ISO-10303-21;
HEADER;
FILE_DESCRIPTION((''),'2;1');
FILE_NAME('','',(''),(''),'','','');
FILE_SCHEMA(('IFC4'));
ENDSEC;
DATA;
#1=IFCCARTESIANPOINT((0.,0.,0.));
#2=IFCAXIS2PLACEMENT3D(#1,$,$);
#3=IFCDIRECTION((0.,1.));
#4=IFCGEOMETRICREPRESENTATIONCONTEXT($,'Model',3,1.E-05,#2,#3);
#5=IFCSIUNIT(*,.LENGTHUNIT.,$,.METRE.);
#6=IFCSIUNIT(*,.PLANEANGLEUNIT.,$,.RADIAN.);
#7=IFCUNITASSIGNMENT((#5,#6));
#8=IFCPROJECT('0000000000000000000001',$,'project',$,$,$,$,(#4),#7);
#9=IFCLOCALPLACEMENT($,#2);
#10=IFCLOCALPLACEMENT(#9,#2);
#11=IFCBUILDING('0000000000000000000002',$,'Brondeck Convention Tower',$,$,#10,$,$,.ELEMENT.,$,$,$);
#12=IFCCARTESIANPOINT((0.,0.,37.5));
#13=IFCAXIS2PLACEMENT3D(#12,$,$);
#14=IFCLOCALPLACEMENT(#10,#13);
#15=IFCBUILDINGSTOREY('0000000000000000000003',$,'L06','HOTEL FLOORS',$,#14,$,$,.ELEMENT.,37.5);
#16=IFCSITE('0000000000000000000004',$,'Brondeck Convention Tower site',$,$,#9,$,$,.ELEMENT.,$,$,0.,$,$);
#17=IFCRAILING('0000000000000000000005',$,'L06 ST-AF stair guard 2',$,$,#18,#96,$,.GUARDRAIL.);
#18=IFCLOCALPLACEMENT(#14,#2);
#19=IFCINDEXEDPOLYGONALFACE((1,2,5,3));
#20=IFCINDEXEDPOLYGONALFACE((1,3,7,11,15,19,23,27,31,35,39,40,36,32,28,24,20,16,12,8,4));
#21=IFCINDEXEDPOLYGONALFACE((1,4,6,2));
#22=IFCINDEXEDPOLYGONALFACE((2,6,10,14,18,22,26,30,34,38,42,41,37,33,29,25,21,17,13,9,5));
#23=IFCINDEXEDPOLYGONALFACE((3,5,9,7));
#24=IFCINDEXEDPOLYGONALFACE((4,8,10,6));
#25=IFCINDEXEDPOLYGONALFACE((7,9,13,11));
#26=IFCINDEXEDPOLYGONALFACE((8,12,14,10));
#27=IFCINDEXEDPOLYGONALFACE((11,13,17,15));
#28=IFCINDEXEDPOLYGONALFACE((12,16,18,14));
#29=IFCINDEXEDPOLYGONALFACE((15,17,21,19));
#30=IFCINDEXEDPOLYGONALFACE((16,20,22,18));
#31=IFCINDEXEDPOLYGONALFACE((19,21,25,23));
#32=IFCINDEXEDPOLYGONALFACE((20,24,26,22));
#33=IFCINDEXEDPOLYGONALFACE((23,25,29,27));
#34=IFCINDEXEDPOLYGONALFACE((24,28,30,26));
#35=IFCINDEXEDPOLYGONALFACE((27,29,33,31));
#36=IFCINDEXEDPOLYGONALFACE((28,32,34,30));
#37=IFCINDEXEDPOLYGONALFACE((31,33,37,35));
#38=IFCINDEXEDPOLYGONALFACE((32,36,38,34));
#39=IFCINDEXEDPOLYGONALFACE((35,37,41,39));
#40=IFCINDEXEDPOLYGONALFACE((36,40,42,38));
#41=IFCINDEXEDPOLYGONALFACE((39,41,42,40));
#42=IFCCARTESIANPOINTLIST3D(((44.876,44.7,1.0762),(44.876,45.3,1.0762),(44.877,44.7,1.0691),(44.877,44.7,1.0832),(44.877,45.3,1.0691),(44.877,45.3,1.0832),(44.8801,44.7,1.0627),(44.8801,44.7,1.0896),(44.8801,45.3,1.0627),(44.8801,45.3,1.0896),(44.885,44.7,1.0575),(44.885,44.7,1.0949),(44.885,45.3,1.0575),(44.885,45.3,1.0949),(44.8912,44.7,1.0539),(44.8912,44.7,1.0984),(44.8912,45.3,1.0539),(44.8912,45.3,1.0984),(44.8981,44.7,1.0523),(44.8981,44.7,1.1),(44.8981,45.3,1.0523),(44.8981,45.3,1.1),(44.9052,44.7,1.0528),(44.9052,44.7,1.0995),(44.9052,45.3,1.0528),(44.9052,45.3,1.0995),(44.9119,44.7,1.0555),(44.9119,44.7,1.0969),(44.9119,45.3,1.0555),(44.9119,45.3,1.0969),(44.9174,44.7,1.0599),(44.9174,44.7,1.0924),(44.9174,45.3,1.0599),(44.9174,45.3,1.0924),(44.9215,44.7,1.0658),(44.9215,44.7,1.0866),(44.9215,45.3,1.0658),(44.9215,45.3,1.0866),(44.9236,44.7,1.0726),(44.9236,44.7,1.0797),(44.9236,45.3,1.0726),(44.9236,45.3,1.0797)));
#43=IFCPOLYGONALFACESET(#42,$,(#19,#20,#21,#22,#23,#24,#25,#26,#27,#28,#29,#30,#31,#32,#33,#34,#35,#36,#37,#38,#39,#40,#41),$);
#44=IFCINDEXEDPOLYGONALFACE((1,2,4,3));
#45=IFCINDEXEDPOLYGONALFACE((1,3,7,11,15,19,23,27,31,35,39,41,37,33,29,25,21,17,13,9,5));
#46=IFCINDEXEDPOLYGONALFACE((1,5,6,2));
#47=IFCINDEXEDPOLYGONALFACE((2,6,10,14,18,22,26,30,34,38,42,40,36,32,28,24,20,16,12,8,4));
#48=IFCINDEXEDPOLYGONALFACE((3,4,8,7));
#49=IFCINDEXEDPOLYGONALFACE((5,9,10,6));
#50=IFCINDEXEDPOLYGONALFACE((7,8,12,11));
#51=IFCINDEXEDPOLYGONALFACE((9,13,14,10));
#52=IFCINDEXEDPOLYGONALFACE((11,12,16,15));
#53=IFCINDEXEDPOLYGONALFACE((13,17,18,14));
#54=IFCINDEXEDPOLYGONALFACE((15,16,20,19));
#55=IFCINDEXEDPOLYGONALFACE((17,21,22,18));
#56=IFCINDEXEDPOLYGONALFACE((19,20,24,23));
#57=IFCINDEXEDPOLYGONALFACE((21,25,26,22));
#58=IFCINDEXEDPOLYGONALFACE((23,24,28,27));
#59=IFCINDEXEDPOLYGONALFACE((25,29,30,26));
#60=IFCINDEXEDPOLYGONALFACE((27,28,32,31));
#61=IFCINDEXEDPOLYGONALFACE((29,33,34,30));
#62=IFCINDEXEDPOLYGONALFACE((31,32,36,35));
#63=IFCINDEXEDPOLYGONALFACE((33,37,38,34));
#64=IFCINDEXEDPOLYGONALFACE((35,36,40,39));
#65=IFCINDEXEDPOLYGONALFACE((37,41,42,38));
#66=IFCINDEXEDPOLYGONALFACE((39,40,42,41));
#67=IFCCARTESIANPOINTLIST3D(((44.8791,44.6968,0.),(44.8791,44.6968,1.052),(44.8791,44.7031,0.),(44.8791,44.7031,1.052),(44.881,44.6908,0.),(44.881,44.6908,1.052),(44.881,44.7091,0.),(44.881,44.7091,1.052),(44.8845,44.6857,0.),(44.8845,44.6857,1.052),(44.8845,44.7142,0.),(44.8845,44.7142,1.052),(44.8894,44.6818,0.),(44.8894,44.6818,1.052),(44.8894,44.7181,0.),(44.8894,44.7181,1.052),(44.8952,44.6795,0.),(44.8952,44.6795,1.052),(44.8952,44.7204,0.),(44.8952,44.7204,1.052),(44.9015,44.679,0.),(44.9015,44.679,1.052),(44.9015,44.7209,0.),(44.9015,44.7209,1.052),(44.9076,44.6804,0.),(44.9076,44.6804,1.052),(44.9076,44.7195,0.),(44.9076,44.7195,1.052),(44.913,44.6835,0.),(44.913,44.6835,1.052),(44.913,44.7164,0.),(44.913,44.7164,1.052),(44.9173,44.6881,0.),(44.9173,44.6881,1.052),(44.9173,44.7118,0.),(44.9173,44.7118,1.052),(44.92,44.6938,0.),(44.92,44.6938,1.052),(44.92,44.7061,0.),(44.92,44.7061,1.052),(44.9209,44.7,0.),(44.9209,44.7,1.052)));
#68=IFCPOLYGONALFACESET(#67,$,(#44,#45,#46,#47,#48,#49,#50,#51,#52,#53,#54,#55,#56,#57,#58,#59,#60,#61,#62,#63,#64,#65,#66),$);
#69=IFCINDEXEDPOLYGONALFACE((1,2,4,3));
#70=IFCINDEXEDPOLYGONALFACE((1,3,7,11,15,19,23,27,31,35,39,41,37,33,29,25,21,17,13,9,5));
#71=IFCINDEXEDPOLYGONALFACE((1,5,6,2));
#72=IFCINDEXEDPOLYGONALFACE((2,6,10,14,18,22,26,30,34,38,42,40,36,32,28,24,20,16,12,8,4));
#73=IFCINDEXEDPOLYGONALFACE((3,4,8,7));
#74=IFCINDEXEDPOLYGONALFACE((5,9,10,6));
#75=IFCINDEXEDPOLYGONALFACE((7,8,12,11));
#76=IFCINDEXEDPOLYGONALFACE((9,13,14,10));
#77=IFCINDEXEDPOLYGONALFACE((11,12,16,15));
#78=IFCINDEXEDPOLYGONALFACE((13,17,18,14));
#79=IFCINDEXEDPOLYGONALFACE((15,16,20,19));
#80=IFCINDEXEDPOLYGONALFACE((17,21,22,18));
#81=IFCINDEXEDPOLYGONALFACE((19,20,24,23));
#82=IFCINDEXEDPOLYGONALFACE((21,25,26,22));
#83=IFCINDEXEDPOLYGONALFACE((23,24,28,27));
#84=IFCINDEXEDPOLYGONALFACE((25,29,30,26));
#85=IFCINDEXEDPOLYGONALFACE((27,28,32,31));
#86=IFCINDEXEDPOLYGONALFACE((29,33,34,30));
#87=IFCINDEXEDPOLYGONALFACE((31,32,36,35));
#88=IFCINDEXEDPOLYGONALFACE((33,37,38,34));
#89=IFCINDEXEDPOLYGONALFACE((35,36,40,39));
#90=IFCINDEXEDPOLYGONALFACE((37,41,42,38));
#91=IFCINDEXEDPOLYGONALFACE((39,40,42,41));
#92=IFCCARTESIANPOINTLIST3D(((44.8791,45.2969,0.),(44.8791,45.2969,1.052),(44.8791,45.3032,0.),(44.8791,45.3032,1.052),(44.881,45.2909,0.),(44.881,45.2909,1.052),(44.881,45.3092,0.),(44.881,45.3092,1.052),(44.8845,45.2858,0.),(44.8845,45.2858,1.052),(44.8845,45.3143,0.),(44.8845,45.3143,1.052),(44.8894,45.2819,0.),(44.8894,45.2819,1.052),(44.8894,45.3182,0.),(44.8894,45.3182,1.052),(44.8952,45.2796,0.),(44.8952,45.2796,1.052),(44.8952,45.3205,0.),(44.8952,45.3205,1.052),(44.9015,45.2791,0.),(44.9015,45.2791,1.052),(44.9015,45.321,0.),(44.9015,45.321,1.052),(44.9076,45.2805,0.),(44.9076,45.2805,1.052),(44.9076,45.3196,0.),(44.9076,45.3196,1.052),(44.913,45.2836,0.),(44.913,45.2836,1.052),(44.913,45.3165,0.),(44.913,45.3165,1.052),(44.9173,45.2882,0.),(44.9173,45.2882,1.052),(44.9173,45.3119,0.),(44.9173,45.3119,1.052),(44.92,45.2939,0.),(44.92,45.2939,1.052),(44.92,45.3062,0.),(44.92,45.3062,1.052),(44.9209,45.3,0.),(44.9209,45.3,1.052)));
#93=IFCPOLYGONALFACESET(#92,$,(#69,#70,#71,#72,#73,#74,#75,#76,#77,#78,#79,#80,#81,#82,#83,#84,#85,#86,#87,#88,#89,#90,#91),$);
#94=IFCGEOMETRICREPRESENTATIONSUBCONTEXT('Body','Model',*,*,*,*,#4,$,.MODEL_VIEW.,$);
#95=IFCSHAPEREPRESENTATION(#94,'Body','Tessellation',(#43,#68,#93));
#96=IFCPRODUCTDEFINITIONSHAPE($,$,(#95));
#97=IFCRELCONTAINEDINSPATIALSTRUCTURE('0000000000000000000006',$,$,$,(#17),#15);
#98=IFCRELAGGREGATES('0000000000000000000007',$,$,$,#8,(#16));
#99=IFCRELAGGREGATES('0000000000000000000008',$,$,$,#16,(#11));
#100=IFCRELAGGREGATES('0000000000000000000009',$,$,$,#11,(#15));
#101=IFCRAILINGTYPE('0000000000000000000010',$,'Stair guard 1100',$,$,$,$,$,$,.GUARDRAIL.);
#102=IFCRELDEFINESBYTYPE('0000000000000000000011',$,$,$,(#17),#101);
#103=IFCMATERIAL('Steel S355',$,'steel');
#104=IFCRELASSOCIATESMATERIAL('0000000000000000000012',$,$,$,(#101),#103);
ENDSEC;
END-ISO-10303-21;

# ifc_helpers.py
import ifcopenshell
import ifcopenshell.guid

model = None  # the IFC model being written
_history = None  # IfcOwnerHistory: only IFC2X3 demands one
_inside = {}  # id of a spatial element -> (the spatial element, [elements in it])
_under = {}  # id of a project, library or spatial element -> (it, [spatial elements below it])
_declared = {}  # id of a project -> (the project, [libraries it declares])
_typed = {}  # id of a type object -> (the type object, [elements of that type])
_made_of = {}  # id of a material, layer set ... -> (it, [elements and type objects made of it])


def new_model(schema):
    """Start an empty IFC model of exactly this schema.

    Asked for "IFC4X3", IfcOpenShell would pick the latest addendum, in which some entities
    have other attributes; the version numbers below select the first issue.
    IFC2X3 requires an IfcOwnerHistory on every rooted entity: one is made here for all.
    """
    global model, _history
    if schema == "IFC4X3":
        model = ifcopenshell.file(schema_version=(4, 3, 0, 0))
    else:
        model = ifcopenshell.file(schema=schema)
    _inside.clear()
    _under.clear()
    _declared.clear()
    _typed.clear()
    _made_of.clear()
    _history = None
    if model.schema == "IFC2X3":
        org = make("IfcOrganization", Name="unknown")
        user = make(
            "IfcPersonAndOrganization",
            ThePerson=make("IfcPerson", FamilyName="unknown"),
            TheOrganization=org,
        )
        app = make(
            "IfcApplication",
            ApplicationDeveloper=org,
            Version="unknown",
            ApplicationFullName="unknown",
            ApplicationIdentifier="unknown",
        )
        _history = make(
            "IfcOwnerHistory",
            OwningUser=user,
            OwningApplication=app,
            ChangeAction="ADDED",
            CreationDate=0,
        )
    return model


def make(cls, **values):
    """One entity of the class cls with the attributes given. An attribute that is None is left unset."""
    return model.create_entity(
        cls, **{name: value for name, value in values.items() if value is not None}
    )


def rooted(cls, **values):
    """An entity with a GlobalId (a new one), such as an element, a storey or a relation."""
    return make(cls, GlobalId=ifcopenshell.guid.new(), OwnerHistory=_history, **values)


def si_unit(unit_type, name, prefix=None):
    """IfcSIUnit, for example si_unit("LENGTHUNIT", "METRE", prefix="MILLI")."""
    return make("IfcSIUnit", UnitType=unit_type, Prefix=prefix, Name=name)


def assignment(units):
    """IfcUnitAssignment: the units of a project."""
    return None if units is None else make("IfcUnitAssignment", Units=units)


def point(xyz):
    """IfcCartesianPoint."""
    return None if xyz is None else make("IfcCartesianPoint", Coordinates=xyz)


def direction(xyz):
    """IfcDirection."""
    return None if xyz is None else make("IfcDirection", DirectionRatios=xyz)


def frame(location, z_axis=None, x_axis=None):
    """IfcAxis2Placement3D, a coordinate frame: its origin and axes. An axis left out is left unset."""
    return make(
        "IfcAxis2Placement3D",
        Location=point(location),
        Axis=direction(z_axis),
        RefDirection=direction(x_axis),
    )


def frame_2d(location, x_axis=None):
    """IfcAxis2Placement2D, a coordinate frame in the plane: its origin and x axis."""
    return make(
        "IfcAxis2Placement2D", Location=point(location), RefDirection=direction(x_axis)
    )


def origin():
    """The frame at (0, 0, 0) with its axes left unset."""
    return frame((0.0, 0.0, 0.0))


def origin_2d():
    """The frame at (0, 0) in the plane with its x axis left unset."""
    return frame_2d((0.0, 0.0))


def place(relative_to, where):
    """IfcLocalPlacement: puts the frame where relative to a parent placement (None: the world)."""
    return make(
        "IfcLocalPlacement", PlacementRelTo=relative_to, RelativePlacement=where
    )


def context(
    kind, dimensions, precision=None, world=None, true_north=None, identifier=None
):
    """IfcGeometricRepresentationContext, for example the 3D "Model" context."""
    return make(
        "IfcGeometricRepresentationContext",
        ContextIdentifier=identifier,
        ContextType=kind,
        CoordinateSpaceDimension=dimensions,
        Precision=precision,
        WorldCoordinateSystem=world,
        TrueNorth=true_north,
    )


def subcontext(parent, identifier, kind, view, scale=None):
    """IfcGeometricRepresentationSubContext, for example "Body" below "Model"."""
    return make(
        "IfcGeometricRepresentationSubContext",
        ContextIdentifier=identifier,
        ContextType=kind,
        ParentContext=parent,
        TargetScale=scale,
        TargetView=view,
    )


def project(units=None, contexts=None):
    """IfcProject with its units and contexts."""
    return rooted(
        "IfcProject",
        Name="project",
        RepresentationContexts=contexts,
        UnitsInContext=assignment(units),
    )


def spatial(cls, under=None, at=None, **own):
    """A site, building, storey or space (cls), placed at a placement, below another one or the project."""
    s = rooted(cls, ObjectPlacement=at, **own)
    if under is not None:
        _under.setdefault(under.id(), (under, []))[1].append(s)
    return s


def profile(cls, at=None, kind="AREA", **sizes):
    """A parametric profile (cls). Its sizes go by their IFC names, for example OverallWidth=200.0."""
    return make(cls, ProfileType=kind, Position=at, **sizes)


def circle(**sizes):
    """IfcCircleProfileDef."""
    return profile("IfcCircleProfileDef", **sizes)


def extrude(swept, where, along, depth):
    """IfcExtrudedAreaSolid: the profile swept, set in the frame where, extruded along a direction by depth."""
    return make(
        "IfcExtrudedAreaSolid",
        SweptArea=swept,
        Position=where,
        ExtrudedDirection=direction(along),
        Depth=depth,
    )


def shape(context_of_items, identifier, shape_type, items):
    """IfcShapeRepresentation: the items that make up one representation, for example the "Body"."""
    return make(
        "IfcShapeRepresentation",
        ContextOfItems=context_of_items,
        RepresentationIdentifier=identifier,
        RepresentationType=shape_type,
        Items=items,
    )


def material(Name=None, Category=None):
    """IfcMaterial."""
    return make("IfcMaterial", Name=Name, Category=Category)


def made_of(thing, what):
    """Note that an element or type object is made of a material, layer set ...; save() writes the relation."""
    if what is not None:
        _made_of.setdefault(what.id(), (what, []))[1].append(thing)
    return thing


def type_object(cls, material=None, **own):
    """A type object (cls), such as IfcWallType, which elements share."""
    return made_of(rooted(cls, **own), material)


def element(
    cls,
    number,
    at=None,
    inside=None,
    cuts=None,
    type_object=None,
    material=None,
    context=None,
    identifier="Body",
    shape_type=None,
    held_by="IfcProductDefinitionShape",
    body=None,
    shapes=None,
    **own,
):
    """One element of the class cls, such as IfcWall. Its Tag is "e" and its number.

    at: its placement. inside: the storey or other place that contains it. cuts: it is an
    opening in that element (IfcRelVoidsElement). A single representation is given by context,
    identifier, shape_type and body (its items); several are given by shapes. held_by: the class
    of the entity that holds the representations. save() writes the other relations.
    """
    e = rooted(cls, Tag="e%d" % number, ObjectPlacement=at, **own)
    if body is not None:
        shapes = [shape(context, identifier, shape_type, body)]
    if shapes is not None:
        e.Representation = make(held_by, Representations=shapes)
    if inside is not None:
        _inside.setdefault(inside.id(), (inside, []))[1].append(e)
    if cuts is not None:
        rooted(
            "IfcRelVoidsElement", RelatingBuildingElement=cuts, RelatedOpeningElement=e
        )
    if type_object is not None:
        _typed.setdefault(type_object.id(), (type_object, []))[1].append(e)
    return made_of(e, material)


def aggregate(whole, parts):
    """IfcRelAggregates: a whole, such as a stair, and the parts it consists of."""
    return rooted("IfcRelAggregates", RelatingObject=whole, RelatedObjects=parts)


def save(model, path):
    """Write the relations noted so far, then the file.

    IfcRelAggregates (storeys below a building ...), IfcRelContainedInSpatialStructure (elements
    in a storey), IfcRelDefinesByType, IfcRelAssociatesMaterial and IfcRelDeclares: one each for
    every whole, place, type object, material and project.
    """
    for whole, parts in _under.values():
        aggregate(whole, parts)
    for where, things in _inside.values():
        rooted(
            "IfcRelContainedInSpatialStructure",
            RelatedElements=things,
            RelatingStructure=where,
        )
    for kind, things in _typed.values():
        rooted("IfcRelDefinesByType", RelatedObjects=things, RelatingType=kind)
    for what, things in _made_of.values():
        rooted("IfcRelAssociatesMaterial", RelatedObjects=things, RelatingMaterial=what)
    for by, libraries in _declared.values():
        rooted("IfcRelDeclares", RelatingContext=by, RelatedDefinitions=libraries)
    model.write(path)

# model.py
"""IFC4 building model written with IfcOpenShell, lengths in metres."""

from ifc_helpers import new_model, si_unit, direction, frame, origin, origin_2d, place, context, subcontext, project, spatial, circle, extrude, material, type_object, element, save


model = new_model("IFC4")

# Units and contexts
model_context = context("Model", 3, precision=1e-05, world=origin(), true_north=direction((0.0, 1.0)))
body_context = subcontext(model_context, "Body", "Model", "MODEL_VIEW")
ifc_project = project(units=[si_unit("LENGTHUNIT", "METRE"), si_unit("PLANEANGLEUNIT", "RADIAN")], contexts=[model_context])

# Site, building, storey
site_placement = place(None, origin())
site = spatial("IfcSite", under=ifc_project, at=site_placement, Name="Brondeck Convention Tower site", CompositionType="ELEMENT", RefElevation=0.0)
building_placement = place(site_placement, origin())
building = spatial("IfcBuilding", under=site, at=building_placement, Name="Brondeck Convention Tower", CompositionType="ELEMENT")
storey_placement = place(building_placement, frame((0.0, 0.0, 37.5)))
storey = spatial("IfcBuildingStorey", under=building, at=storey_placement, Name="L06", Description="HOTEL FLOORS", CompositionType="ELEMENT", Elevation=37.5)

# Shared definitions
ifc_material_1 = material(Name="Steel S355", Category="steel")

# Railing
railing_type_1 = type_object("IfcRailingType", Name="Stair guard 1100", PredefinedType="GUARDRAIL", material=ifc_material_1)
railing_1_placement = place(storey_placement, frame((44.8999, 44.7, 0.0)))
element("IfcRailing", 1, at=railing_1_placement, inside=storey, type_object=railing_type_1, Name="L06 ST-AF stair guard 2", PredefinedType="GUARDRAIL", context=body_context, shape_type="SweptSolid", body=[
    extrude(circle(Radius=0.0239, at=origin_2d()), frame((0.0, 0.0, 1.0762), z_axis=(0.0, 1.0, 0.0), x_axis=(-1.0, 0.0, 0.0)), (0.0, 0.0, 1.0), 0.6001),
    extrude(circle(Radius=0.021, at=origin_2d()), origin(), (0.0, 0.0, 1.0), 1.052),
    extrude(circle(Radius=0.021, at=origin_2d()), frame((0.0, 0.6001, 0.0)), (0.0, 0.0, 1.0), 1.052),
])

save(model, "model.ifc")
